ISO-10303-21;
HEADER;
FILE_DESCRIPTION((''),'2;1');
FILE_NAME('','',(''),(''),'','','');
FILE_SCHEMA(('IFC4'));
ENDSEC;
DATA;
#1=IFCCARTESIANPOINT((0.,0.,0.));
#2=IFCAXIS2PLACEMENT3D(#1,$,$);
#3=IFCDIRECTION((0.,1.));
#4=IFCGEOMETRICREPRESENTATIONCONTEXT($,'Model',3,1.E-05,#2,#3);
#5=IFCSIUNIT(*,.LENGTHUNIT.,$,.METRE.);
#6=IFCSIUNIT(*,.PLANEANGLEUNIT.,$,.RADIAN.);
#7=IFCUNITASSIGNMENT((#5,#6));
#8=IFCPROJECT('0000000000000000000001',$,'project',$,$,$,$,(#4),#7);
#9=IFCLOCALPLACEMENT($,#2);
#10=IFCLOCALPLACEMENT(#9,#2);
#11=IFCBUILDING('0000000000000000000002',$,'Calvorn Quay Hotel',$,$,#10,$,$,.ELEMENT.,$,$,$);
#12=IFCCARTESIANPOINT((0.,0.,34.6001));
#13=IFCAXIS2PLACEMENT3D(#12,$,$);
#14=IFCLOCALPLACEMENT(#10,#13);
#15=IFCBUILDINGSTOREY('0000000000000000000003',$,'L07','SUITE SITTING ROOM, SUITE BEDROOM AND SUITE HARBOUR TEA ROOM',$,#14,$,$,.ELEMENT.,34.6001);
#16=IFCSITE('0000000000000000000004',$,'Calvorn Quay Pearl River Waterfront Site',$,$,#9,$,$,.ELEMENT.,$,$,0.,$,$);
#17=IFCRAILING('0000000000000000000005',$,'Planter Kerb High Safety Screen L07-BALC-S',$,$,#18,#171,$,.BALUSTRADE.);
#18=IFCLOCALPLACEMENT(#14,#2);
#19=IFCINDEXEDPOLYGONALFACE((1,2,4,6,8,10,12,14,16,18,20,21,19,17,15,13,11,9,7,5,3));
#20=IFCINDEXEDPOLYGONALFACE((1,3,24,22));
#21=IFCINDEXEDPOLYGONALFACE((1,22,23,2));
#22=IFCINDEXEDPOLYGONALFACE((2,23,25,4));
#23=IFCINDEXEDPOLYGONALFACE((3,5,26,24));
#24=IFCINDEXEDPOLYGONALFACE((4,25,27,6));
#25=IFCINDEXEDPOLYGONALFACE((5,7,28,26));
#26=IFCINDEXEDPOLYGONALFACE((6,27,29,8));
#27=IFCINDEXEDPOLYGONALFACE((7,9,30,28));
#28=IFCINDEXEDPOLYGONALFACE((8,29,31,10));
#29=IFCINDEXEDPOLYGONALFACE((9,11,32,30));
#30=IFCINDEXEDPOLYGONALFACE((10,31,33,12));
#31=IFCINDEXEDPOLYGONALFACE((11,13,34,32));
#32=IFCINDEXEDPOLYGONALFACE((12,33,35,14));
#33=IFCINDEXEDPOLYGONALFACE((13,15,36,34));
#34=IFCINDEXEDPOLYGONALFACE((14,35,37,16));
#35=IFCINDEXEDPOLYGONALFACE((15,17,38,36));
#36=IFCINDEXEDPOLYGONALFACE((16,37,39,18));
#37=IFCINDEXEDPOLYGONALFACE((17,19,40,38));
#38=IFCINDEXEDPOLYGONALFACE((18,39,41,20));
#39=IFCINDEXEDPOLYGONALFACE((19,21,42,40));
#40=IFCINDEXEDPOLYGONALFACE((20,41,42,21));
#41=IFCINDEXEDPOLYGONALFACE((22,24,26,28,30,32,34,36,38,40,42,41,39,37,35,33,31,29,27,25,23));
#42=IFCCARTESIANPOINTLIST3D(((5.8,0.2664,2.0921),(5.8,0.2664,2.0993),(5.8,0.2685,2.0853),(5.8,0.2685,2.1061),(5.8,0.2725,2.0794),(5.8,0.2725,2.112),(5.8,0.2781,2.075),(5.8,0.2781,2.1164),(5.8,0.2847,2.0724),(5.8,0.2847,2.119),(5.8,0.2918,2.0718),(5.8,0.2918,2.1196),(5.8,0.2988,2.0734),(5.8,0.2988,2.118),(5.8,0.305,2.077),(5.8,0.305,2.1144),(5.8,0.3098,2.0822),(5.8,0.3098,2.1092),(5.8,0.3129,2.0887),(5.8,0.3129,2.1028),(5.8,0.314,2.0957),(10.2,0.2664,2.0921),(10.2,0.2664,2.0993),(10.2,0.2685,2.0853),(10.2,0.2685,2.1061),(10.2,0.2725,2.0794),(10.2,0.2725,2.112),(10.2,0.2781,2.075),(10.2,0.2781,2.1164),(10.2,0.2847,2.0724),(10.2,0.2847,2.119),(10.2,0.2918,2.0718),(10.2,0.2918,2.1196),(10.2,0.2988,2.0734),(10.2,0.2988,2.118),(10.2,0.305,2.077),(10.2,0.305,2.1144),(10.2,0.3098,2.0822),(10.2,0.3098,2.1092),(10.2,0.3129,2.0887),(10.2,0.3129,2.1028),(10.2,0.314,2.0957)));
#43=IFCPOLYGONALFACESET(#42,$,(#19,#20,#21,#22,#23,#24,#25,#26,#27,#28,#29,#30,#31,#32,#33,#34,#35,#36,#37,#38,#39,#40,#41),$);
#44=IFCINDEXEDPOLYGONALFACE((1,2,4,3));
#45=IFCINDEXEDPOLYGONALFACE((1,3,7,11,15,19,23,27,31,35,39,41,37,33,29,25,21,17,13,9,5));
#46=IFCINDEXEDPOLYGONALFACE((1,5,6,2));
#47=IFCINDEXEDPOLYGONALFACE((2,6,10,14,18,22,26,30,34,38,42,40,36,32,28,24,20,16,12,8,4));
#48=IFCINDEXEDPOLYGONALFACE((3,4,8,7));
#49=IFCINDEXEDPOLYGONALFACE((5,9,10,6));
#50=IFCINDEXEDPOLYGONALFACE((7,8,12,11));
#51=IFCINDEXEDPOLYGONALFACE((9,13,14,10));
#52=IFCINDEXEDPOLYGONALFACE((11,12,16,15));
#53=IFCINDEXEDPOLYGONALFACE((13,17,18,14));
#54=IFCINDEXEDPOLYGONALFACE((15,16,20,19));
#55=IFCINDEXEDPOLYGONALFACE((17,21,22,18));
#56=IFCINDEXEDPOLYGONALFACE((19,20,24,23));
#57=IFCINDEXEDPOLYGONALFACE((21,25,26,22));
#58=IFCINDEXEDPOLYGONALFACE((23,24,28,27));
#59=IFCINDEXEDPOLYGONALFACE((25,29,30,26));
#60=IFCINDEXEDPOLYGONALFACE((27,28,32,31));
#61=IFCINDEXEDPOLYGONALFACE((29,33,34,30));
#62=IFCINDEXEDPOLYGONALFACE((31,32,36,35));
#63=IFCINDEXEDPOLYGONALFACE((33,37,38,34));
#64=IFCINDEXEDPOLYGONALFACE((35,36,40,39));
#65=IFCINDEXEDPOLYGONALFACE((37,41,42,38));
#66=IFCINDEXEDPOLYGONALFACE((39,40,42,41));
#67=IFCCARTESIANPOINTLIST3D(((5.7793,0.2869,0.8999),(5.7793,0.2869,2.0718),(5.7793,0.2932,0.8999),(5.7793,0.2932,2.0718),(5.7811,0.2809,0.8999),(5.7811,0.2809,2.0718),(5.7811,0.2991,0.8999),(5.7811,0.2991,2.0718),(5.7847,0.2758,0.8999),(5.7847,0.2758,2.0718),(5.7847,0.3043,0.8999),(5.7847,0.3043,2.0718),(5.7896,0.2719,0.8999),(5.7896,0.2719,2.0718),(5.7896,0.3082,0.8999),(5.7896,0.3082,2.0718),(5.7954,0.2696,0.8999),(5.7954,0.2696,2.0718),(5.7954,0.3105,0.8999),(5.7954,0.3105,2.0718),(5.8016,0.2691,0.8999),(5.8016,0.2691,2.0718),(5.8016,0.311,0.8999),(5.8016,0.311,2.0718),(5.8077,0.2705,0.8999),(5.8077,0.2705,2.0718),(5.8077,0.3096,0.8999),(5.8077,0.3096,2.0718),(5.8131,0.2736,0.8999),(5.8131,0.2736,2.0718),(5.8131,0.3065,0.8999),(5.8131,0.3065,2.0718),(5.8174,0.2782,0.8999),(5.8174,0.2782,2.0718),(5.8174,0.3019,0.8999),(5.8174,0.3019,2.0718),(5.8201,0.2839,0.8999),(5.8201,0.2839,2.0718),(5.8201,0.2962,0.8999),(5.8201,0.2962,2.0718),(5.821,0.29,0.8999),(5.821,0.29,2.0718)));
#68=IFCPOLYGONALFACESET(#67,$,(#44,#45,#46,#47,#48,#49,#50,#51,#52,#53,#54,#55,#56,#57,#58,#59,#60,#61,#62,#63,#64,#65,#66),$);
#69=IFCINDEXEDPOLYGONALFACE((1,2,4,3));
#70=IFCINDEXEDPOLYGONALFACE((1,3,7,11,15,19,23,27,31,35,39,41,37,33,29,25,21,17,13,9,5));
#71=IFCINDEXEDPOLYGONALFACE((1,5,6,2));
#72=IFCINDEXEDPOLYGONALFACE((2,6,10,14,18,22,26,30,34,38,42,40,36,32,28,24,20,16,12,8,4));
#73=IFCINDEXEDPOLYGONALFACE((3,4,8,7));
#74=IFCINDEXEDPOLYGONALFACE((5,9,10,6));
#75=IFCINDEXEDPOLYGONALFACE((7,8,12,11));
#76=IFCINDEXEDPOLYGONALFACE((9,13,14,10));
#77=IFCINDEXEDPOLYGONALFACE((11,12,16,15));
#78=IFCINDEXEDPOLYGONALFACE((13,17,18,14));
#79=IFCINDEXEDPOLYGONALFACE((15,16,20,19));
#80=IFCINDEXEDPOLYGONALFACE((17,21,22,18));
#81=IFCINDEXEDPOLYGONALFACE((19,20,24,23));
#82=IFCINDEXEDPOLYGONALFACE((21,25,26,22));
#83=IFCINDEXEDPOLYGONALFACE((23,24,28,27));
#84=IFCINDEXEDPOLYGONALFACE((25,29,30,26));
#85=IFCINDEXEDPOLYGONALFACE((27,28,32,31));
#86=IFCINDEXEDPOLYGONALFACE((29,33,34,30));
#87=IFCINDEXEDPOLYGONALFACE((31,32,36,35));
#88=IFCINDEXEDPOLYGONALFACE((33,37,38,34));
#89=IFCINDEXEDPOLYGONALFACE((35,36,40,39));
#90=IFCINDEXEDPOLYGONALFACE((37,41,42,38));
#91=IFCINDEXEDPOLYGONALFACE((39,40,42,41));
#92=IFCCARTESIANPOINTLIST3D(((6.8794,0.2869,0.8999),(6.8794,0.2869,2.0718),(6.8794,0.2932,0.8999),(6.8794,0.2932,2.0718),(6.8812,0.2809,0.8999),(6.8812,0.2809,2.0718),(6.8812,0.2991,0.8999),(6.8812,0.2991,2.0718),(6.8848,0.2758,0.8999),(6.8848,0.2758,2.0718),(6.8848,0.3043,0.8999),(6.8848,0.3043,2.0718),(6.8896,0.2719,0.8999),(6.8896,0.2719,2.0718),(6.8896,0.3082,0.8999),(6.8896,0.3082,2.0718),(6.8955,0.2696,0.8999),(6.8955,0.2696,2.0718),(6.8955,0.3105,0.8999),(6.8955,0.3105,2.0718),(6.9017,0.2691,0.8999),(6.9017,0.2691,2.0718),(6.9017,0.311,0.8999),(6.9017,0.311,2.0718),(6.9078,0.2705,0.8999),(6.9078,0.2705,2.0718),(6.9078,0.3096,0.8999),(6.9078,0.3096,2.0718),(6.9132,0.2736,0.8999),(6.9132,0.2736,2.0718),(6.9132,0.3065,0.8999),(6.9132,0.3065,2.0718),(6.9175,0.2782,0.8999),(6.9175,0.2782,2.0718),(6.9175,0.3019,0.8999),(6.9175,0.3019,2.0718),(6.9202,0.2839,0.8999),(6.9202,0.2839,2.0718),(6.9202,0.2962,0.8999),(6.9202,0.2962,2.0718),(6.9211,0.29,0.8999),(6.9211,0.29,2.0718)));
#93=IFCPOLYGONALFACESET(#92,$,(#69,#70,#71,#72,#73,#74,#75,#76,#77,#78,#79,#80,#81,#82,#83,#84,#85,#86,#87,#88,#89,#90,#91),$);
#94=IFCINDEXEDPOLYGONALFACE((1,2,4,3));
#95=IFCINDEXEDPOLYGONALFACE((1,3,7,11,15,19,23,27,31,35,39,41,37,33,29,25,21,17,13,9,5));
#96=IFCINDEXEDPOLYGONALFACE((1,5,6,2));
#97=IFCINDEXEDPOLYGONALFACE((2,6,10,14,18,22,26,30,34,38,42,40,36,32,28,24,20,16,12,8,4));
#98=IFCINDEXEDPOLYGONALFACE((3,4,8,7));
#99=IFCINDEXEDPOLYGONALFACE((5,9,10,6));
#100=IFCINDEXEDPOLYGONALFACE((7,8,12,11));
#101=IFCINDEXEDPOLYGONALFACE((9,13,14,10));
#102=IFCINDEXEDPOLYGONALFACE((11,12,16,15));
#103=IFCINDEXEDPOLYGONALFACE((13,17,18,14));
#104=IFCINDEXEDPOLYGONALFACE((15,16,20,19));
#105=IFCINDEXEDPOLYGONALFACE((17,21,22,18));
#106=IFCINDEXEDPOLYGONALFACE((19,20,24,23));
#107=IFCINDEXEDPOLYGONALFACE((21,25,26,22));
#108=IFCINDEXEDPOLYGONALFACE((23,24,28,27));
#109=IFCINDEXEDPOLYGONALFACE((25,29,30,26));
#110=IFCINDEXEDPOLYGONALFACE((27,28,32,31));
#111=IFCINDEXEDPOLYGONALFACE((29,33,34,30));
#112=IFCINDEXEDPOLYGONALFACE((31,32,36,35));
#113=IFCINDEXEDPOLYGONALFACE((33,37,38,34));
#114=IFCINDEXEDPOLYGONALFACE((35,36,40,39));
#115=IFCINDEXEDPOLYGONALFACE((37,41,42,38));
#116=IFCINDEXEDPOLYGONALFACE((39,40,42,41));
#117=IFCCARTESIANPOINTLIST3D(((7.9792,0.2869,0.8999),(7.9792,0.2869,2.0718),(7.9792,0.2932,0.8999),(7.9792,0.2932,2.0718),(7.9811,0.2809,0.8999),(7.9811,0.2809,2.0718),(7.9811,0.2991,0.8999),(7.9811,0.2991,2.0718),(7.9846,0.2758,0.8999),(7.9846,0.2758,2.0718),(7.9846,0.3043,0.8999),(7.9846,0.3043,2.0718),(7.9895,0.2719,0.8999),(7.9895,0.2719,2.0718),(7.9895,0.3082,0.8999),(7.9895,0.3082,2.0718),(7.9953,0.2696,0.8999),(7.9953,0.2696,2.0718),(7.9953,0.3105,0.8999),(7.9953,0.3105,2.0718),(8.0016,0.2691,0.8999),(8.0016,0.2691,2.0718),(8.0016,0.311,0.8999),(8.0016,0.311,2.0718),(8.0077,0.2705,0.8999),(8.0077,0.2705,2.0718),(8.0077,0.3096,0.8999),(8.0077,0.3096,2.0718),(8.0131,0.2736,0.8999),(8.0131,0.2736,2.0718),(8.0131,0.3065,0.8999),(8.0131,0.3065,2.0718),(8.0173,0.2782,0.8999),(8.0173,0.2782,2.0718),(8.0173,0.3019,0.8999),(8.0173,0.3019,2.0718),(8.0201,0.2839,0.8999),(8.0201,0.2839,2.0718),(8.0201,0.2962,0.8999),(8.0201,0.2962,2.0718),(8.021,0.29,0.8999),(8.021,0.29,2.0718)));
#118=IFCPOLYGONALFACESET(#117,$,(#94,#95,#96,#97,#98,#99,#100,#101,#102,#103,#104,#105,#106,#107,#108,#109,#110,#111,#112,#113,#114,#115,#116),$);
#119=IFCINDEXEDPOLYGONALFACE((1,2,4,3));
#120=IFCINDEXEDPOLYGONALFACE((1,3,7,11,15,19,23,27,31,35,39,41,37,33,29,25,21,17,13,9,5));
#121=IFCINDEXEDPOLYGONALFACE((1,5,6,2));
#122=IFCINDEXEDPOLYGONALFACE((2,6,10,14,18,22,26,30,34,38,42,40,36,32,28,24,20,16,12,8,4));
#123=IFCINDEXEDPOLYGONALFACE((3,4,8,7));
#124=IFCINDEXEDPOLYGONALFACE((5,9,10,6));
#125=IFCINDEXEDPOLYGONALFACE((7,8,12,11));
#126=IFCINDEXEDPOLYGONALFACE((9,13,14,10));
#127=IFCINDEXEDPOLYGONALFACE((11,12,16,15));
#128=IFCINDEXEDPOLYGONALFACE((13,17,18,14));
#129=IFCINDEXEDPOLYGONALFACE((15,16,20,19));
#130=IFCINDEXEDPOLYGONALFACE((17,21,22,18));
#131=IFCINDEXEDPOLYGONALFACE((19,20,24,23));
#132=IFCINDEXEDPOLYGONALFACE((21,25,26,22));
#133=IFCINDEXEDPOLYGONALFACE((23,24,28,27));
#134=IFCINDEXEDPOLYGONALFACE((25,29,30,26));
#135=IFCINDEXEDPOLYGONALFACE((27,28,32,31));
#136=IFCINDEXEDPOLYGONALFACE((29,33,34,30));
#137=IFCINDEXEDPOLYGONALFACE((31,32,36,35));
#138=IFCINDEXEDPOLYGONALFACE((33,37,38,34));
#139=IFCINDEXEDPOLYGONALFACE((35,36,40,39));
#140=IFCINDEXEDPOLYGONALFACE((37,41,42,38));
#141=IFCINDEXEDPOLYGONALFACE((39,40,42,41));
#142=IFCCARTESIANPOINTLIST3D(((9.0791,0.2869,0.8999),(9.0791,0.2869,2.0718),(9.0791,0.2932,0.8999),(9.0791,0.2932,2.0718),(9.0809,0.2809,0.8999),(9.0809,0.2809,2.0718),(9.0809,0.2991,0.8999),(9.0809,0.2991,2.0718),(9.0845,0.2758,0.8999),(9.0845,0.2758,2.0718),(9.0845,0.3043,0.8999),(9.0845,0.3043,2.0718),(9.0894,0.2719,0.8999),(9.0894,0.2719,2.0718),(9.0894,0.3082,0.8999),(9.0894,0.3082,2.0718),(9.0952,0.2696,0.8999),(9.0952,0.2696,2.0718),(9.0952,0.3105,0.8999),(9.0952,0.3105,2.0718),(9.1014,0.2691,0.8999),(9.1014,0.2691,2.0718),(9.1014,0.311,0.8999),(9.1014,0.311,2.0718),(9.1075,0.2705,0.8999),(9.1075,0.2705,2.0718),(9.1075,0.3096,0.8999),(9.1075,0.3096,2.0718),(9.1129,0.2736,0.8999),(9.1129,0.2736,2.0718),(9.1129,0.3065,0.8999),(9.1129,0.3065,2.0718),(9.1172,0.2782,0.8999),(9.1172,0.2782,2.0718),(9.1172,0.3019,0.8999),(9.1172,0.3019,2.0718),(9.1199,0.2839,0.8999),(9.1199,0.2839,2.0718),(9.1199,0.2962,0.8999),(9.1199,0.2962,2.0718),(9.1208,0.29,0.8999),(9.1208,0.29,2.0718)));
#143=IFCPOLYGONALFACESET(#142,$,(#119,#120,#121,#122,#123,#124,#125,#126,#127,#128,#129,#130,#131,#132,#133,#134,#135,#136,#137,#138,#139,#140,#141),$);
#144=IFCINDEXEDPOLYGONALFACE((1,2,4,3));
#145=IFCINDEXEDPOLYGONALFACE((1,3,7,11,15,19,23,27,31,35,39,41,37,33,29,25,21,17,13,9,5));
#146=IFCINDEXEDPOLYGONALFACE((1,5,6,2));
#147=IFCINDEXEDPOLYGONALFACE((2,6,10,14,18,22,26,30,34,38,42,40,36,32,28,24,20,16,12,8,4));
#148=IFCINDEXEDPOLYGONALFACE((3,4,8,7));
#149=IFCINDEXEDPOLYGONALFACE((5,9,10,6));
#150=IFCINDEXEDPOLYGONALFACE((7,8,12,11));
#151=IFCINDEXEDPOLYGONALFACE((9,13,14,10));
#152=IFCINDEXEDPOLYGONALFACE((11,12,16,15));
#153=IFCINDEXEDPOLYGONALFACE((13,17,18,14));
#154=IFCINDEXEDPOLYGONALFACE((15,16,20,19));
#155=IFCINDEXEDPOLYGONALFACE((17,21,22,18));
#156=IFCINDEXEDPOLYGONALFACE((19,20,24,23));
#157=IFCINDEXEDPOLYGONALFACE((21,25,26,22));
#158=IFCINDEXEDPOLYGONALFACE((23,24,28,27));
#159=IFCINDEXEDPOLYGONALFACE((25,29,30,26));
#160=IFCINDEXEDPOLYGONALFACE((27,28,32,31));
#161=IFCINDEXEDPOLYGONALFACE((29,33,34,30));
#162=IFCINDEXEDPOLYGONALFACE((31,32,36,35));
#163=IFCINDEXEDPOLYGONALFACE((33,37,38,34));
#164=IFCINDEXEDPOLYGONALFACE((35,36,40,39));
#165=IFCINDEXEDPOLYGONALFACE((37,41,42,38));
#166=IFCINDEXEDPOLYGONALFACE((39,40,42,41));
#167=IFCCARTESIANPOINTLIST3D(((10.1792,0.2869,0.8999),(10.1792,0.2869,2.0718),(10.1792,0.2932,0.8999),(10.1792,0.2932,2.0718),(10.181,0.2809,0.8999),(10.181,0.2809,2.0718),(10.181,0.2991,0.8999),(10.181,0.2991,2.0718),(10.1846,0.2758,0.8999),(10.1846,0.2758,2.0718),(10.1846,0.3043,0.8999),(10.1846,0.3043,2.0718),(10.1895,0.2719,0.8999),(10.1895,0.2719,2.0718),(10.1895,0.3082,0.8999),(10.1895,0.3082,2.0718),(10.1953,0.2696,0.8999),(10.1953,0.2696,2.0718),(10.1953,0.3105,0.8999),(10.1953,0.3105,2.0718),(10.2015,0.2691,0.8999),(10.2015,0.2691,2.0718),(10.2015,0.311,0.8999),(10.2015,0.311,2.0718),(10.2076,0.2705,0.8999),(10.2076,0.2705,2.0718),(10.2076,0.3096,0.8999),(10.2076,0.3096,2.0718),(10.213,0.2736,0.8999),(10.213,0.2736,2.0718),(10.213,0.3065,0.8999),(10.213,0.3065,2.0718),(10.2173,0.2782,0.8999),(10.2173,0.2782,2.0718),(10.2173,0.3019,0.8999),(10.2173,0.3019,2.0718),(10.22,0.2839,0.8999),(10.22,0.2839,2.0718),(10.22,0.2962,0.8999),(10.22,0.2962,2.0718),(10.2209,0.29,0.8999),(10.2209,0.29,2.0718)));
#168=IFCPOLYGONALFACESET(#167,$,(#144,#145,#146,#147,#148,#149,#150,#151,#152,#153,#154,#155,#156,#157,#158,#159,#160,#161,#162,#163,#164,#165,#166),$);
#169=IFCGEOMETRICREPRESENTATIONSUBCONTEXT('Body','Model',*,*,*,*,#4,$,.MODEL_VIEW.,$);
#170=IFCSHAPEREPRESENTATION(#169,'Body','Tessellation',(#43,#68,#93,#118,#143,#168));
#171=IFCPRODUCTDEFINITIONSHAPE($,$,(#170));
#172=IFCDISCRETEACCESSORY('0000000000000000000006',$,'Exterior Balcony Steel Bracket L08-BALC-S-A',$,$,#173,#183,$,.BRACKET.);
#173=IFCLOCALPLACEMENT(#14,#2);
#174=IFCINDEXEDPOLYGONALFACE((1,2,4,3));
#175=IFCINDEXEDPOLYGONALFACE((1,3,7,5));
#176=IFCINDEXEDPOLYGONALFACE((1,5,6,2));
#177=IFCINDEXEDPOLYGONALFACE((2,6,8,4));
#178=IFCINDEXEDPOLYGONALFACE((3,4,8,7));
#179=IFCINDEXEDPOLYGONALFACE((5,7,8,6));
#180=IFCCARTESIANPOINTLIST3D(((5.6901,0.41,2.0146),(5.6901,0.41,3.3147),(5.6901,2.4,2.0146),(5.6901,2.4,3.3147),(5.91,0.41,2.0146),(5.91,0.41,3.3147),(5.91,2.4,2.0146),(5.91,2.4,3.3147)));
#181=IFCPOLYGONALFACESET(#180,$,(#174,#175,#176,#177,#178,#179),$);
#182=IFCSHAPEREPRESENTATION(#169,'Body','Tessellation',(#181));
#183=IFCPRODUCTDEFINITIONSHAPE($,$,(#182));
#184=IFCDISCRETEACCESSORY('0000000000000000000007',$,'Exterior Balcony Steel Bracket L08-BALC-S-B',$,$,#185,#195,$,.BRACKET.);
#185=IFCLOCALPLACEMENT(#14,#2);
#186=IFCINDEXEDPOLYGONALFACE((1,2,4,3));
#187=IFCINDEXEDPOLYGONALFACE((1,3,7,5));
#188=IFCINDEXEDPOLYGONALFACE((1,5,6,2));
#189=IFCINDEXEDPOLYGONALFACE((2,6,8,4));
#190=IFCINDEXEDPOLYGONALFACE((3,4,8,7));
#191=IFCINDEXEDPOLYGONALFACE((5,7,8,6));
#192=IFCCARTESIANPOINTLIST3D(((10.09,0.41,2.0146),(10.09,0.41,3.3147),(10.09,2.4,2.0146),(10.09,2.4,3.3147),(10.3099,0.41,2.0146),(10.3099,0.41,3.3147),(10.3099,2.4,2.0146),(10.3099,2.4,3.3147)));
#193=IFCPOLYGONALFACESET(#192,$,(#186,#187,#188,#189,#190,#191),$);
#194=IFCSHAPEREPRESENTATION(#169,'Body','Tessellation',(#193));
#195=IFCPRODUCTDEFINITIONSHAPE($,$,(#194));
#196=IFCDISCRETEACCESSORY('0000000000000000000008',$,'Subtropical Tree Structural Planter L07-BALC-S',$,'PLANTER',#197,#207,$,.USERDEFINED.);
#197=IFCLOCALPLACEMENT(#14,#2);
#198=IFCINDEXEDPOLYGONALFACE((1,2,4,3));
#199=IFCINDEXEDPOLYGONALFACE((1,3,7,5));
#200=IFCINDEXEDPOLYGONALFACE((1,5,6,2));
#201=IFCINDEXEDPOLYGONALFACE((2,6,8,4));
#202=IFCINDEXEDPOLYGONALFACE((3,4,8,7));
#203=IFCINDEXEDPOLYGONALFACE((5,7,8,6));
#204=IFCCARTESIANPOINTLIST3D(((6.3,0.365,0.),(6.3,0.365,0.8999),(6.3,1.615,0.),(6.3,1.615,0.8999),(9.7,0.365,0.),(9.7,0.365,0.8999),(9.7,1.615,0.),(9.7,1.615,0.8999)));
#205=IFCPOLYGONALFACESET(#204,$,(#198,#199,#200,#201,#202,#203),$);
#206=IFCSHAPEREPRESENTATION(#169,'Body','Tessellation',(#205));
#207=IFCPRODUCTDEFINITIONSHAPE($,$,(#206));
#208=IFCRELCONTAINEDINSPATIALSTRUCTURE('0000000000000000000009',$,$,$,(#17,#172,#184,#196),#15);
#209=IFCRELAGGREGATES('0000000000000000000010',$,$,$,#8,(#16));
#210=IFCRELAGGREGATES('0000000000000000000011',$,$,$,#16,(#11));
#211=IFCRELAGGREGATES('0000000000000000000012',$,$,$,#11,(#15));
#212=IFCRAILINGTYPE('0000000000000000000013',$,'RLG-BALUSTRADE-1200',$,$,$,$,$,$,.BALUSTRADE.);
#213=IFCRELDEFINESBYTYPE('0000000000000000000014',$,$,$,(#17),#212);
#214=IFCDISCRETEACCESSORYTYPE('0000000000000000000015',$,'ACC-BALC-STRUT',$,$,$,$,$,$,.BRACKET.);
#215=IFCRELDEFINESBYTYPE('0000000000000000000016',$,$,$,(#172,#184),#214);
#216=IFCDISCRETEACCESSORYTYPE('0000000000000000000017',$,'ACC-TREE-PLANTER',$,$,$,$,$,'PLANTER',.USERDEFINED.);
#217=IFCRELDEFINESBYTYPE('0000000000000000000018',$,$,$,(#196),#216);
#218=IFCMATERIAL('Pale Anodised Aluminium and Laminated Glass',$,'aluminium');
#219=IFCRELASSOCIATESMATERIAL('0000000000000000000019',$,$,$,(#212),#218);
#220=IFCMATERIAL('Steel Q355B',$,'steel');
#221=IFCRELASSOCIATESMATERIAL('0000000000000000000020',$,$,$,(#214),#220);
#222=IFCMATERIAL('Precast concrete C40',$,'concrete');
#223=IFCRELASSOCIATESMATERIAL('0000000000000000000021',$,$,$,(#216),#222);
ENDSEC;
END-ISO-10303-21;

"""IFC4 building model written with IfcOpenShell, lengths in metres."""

from ifc_helpers import new_model, si_unit, direction, frame, origin, origin_2d, place, context, subcontext, project, spatial, rectangle, circle, extrude, material, type_object, element, save


model = new_model("IFC4")

# Units and contexts
model_context = context("Model", 3, precision=1e-05, world=origin(), true_north=direction((0.0, 1.0)))
body_context = subcontext(model_context, "Body", "Model", "MODEL_VIEW")
ifc_project = project(units=[si_unit("LENGTHUNIT", "METRE"), si_unit("PLANEANGLEUNIT", "RADIAN")], contexts=[model_context])

# Site, building, storey
site_placement = place(None, origin())
site = spatial("IfcSite", under=ifc_project, at=site_placement, Name="Calvorn Quay Pearl River Waterfront Site", CompositionType="ELEMENT", RefElevation=0.0)
building_placement = place(site_placement, origin())
building = spatial("IfcBuilding", under=site, at=building_placement, Name="Calvorn Quay Hotel", CompositionType="ELEMENT")
storey_placement = place(building_placement, frame((0.0, 0.0, 34.6001)))
storey = spatial("IfcBuildingStorey", under=building, at=storey_placement, Name="L07", Description="SUITE SITTING ROOM, SUITE BEDROOM AND SUITE HARBOUR TEA ROOM", CompositionType="ELEMENT", Elevation=34.6001)

# Railing
ifc_material_1 = material(Name="Pale Anodised Aluminium and Laminated Glass", Category="aluminium")
railing_type = type_object("IfcRailingType", Name="RLG-BALUSTRADE-1200", PredefinedType="BALUSTRADE", material=ifc_material_1)
railing_1_placement = place(storey_placement, frame((5.8, 0.29, 0.8999)))
element("IfcRailing", 1, at=railing_1_placement, inside=storey, type_object=railing_type, Name="Planter Kerb High Safety Screen L07-BALC-S", PredefinedType="BALUSTRADE", context=body_context, shape_type="SweptSolid", body=[
    extrude(circle(Radius=0.0239, at=origin_2d()), frame((0.0, 0.0, 1.1958), z_axis=(1.0, 0.0, 0.0), x_axis=(0.0, 1.0, 0.0)), (0.0, 0.0, 1.0), 4.3999),
    extrude(circle(Radius=0.021, at=origin_2d()), origin(), (0.0, 0.0, 1.0), 1.1719),
    extrude(circle(Radius=0.021, at=origin_2d()), frame((1.1001, 0.0, 0.0)), (0.0, 0.0, 1.0), 1.1719),
    extrude(circle(Radius=0.021, at=origin_2d()), frame((2.2, 0.0, 0.0)), (0.0, 0.0, 1.0), 1.1719),
    extrude(circle(Radius=0.021, at=origin_2d()), frame((3.2998, 0.0, 0.0)), (0.0, 0.0, 1.0), 1.1719),
    extrude(circle(Radius=0.021, at=origin_2d()), frame((4.3999, 0.0, 0.0)), (0.0, 0.0, 1.0), 1.1719),
])

# Discrete accessories
ifc_material_2 = material(Name="Steel Q355B", Category="steel")
discrete_accessory_type_1 = type_object("IfcDiscreteAccessoryType", Name="ACC-BALC-STRUT", PredefinedType="BRACKET", material=ifc_material_2)
for number, where, z_axis, x_axis, name in (
    (2, (5.8, 1.405, 2.0146), (0.0, 0.0, 1.0), (1.0, 0.0, 0.0), "Exterior Balcony Steel Bracket L08-BALC-S-A"),
    (3, (10.2, 1.405, 2.0146), (0.0, 0.0, 1.0), (1.0, 0.0, 0.0), "Exterior Balcony Steel Bracket L08-BALC-S-B"),
):
    element("IfcDiscreteAccessory", number, at=place(storey_placement, frame(where, z_axis=z_axis, x_axis=x_axis)), inside=storey, type_object=discrete_accessory_type_1, Name=name, PredefinedType="BRACKET", context=body_context, shape_type="SweptSolid", body=[
        extrude(rectangle(XDim=0.22, YDim=1.99, at=origin_2d()), origin(), (0.0, 0.0, 1.0), 1.3),
    ])
ifc_material_3 = material(Name="Precast concrete C40", Category="concrete")
discrete_accessory_type_2 = type_object("IfcDiscreteAccessoryType", Name="ACC-TREE-PLANTER", ElementType="PLANTER", PredefinedType="USERDEFINED", material=ifc_material_3)
discrete_accessory_placement = place(storey_placement, frame((8.0, 0.99, 0.0), z_axis=(0.0, 0.0, 1.0), x_axis=(1.0, 0.0, 0.0)))
element("IfcDiscreteAccessory", 4, at=discrete_accessory_placement, inside=storey, type_object=discrete_accessory_type_2, Name="Subtropical Tree Structural Planter L07-BALC-S", ObjectType="PLANTER", PredefinedType="USERDEFINED", context=body_context, shape_type="SweptSolid", body=[
    extrude(rectangle(XDim=3.3999, YDim=1.25, at=origin_2d()), origin(), (0.0, 0.0, 1.0), 0.8999),
])

save(model, "model.ifc")
